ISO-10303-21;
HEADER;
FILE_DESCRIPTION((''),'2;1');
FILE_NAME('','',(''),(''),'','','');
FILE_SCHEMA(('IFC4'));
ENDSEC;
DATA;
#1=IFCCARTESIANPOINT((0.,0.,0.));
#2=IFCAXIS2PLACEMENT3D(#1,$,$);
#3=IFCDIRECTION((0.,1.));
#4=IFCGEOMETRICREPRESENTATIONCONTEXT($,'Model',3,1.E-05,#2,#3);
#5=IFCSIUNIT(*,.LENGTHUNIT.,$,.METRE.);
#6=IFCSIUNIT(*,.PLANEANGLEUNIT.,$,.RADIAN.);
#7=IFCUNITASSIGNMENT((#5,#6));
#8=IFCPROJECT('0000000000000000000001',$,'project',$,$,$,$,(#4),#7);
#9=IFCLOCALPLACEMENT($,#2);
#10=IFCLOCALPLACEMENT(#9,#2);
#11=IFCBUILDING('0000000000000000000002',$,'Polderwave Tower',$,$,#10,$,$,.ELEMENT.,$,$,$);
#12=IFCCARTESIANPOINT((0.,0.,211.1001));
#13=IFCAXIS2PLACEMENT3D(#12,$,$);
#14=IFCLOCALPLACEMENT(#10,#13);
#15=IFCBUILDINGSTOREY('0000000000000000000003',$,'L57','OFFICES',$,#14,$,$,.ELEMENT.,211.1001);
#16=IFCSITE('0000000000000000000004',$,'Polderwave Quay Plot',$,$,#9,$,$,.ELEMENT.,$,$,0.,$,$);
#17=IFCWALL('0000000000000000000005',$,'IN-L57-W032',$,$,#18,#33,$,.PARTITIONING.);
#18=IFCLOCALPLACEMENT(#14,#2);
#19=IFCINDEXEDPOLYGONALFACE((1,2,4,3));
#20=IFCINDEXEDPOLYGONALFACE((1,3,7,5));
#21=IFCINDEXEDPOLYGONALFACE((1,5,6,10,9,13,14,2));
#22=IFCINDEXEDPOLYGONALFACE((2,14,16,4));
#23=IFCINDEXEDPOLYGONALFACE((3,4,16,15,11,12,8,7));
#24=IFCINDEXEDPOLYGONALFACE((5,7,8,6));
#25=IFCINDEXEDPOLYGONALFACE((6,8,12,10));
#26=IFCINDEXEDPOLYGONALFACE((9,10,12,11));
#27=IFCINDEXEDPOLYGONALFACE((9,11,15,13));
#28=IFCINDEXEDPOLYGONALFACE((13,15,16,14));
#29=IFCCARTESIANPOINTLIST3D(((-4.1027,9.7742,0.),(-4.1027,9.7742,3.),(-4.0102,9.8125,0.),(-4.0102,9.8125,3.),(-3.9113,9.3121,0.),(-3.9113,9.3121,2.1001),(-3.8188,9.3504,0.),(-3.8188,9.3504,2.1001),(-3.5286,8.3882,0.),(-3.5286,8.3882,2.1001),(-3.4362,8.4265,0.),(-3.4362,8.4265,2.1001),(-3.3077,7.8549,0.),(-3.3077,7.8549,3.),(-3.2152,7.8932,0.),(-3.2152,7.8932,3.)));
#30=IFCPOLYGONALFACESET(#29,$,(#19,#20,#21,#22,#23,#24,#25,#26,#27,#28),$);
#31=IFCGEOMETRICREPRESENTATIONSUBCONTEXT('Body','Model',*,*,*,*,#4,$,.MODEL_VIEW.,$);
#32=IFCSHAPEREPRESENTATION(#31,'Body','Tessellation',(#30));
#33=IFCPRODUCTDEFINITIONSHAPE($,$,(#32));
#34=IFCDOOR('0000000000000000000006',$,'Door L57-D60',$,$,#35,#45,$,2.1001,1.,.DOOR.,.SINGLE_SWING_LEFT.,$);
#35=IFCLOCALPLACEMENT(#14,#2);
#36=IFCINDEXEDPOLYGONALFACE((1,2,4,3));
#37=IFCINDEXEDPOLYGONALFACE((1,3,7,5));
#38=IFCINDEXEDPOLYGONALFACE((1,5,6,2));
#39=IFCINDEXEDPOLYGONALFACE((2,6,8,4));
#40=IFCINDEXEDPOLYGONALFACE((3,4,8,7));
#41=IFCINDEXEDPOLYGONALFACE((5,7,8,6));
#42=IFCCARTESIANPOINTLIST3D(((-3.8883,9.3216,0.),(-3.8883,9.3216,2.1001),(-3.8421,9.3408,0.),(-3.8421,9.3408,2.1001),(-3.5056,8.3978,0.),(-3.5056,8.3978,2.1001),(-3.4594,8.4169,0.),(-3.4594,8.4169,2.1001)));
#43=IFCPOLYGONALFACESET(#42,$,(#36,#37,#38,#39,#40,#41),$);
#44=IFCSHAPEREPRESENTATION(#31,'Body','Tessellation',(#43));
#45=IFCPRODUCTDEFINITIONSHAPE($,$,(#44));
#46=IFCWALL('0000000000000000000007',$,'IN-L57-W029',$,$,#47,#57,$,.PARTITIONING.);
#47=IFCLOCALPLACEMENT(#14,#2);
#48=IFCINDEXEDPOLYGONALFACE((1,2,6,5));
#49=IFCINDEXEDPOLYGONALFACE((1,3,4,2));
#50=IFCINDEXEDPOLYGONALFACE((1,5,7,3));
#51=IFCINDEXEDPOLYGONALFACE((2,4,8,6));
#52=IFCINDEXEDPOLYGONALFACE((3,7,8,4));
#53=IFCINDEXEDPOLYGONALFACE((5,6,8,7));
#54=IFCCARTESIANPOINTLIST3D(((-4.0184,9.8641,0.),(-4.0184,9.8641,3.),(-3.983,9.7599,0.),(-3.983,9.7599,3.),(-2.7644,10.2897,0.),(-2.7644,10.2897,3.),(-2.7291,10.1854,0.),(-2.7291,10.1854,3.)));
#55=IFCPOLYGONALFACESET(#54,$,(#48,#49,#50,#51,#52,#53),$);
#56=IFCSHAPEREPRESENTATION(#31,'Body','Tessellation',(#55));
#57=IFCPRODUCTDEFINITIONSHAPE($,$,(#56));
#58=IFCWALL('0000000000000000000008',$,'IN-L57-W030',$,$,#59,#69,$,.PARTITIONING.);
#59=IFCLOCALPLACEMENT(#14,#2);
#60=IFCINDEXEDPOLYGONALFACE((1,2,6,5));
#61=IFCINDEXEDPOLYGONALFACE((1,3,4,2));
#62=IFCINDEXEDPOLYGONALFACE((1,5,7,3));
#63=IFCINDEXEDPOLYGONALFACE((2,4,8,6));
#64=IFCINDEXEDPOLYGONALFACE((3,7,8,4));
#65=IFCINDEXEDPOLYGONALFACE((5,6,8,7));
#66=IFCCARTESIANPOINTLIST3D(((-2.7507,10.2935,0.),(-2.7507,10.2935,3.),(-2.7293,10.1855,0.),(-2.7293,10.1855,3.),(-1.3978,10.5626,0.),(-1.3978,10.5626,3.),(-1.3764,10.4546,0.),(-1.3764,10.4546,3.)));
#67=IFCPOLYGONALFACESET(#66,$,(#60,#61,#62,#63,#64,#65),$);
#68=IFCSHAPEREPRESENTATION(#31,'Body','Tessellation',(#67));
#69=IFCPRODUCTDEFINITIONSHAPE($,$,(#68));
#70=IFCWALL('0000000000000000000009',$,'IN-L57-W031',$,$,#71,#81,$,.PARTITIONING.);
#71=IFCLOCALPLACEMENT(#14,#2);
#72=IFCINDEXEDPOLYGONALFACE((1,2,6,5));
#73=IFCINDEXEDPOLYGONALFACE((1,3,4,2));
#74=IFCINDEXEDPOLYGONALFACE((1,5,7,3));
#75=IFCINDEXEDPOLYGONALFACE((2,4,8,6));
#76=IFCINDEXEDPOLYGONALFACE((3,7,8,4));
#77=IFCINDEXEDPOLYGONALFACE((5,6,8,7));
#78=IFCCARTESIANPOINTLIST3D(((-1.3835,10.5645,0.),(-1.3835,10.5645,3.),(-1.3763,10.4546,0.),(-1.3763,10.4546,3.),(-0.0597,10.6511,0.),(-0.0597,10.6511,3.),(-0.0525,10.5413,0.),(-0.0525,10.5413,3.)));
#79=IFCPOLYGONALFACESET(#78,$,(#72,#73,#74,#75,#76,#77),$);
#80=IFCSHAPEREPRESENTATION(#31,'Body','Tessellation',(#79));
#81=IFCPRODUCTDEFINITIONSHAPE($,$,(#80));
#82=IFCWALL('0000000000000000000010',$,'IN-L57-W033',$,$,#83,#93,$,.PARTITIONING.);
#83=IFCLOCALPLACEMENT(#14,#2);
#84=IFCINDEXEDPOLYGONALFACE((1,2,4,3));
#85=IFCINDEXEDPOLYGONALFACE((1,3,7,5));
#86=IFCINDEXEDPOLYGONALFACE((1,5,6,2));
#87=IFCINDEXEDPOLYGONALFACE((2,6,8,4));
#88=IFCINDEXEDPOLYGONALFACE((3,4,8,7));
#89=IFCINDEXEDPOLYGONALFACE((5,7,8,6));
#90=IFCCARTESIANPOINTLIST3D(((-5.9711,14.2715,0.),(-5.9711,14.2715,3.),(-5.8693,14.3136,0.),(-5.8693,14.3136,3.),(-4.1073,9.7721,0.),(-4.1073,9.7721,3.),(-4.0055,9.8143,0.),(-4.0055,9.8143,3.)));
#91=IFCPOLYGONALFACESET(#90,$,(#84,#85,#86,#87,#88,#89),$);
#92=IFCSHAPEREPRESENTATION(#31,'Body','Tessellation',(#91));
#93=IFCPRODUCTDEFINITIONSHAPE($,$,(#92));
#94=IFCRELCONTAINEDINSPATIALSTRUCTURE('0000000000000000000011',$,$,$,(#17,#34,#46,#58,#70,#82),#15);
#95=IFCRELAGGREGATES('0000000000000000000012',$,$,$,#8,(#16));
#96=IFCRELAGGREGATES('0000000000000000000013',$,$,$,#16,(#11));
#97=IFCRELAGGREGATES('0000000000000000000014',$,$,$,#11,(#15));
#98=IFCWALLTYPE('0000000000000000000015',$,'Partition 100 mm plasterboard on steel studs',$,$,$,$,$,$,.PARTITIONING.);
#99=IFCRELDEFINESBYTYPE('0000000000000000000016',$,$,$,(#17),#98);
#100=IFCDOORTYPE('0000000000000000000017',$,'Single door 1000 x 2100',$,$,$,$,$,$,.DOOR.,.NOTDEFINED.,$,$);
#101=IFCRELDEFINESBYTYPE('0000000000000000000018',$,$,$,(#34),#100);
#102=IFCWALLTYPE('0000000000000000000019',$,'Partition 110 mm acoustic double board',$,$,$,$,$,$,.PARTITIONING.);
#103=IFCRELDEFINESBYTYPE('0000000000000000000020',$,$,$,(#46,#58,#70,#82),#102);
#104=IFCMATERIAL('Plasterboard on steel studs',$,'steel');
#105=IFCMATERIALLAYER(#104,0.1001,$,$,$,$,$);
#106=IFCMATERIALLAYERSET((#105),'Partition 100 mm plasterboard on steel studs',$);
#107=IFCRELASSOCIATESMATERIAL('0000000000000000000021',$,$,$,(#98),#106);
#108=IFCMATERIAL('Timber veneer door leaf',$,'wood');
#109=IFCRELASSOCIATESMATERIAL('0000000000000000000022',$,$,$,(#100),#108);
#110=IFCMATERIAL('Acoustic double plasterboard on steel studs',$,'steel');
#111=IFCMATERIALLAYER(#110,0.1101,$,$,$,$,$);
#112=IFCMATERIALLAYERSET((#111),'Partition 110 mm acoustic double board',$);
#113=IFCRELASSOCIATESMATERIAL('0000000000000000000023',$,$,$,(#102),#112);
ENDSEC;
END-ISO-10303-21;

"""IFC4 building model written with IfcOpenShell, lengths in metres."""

from ifc_helpers import new_model, si_unit, direction, frame, frame_2d, origin, place, context, subcontext, project, spatial, rectangle, extrude, material, layer, layer_set, type_object, element, fill, save


model = new_model("IFC4")

# Units and contexts
model_context = context("Model", 3, precision=1e-05, world=origin(), true_north=direction((0.0, 1.0)))
body_context = subcontext(model_context, "Body", "Model", "MODEL_VIEW")
ifc_project = project(units=[si_unit("LENGTHUNIT", "METRE"), si_unit("PLANEANGLEUNIT", "RADIAN")], contexts=[model_context])

# Site, building, storey
site_placement = place(None, origin())
site = spatial("IfcSite", under=ifc_project, at=site_placement, Name="Polderwave Quay Plot", CompositionType="ELEMENT", RefElevation=0.0)
building_placement = place(site_placement, origin())
building = spatial("IfcBuilding", under=site, at=building_placement, Name="Polderwave Tower", CompositionType="ELEMENT")
storey_placement = place(building_placement, frame((0.0, 0.0, 211.1001)))
storey = spatial("IfcBuildingStorey", under=building, at=storey_placement, Name="L57", Description="OFFICES", CompositionType="ELEMENT", Elevation=211.1001)

# Wall, opening, door
ifc_material_1 = material(Name="Plasterboard on steel studs", Category="steel")
ifc_layer_1 = layer(ifc_material_1, 0.1001)
ifc_layer_set_1 = layer_set([ifc_layer_1], Name="Partition 100 mm plasterboard on steel studs")
wall_type_1 = type_object("IfcWallType", Name="Partition 100 mm plasterboard on steel studs", PredefinedType="PARTITIONING", material=ifc_layer_set_1)
wall_1_placement = place(storey_placement, frame((-4.0564, 9.7932, 0.0), z_axis=(0.0, 0.0, 1.0), x_axis=(0.38267, -0.923885, 0.0)))
wall_1 = element("IfcWall", 1, at=wall_1_placement, inside=storey, type_object=wall_type_1, Name="IN-L57-W032", PredefinedType="PARTITIONING", context=body_context, shape_type="SweptSolid", body=[
    extrude(rectangle(XDim=2.0774, YDim=0.1001, at=frame_2d((1.0386, 0.0))), origin(), (0.0, 0.0, 1.0), 3.0),
])
opening_placement = place(wall_1_placement, frame((0.5, 0.0, 0.0)))
opening = element("IfcOpeningElement", 2, at=opening_placement, cuts=wall_1, PredefinedType="OPENING", context=body_context, shape_type="SweptSolid", body=[
    extrude(rectangle(XDim=1.0, YDim=2.1001, at=frame_2d((0.5, 1.05))), frame((0.0, 0.0601, 0.0), z_axis=(0.0, -1.0, 0.0), x_axis=(1.0, 0.0, 0.0)), (0.0, 0.0, 1.0), 0.1201),
])
ifc_material_2 = material(Name="Timber veneer door leaf", Category="wood")
door_type = type_object("IfcDoorType", Name="Single door 1000 x 2100", OperationType="NOTDEFINED", PredefinedType="DOOR", material=ifc_material_2)
door_placement = place(opening_placement, origin())
door = element("IfcDoor", 3, at=door_placement, inside=storey, type_object=door_type, Name="Door L57-D60", OperationType="SINGLE_SWING_LEFT", OverallHeight=2.1001, OverallWidth=1.0, PredefinedType="DOOR", context=body_context, shape_type="SweptSolid", body=[
    extrude(rectangle(XDim=1.0, YDim=2.1001, at=frame_2d((0.5, 1.05))), frame((0.0, 0.0249, 0.0), z_axis=(0.0, -1.0, 0.0), x_axis=(1.0, 0.0, 0.0)), (0.0, 0.0, 1.0), 0.05),
])
fill(opening, door)

# Walls
ifc_material_3 = material(Name="Acoustic double plasterboard on steel studs", Category="steel")
ifc_layer_2 = layer(ifc_material_3, 0.1101)
ifc_layer_set_2 = layer_set([ifc_layer_2], Name="Partition 110 mm acoustic double board")
wall_type_2 = type_object("IfcWallType", Name="Partition 110 mm acoustic double board", PredefinedType="PARTITIONING", material=ifc_layer_set_2)
wall_2_placement = place(storey_placement, frame((-4.0007, 9.812, 0.0), z_axis=(0.0, 0.0, 1.0), x_axis=(0.946955, 0.321367, 0.0)))
element("IfcWall", 4, at=wall_2_placement, inside=storey, type_object=wall_type_2, Name="IN-L57-W029", PredefinedType="PARTITIONING", context=body_context, shape_type="SweptSolid", body=[
    extrude(rectangle(XDim=1.3242, YDim=0.1101, at=frame_2d((0.6621, 0.0))), origin(), (0.0, 0.0, 1.0), 3.0),
])
wall_3_placement = place(storey_placement, frame((-2.74, 10.2395, 0.0), z_axis=(0.0, 0.0, 1.0), x_axis=(0.980791, 0.195061, 0.0)))
element("IfcWall", 5, at=wall_3_placement, inside=storey, type_object=wall_type_2, Name="IN-L57-W030", PredefinedType="PARTITIONING", context=body_context, shape_type="SweptSolid", body=[
    extrude(rectangle(XDim=1.3794, YDim=0.1101, at=frame_2d((0.6897, 0.0))), origin(), (0.0, 0.0, 1.0), 3.0),
])
wall_4_placement = place(storey_placement, frame((-1.3799, 10.5095, 0.0), z_axis=(0.0, 0.0, 1.0), x_axis=(0.997863, 0.065334, 0.0)))
element("IfcWall", 6, at=wall_4_placement, inside=storey, type_object=wall_type_2, Name="IN-L57-W031", PredefinedType="PARTITIONING", context=body_context, shape_type="SweptSolid", body=[
    extrude(rectangle(XDim=1.3267, YDim=0.1101, at=frame_2d((0.6633, 0.0))), origin(), (0.0, 0.0, 1.0), 3.0),
])
wall_5_placement = place(storey_placement, frame((-4.0564, 9.7932, 0.0), z_axis=(0.0, 0.0, 1.0), x_axis=(-0.382703, 0.923871, 0.0)))
element("IfcWall", 7, at=wall_5_placement, inside=storey, type_object=wall_type_2, Name="IN-L57-W033", PredefinedType="PARTITIONING", context=body_context, shape_type="SweptSolid", body=[
    extrude(rectangle(XDim=4.8701, YDim=0.1101, at=frame_2d((2.4351, 0.0))), origin(), (0.0, 0.0, 1.0), 3.0),
])

save(model, "model.ifc")
